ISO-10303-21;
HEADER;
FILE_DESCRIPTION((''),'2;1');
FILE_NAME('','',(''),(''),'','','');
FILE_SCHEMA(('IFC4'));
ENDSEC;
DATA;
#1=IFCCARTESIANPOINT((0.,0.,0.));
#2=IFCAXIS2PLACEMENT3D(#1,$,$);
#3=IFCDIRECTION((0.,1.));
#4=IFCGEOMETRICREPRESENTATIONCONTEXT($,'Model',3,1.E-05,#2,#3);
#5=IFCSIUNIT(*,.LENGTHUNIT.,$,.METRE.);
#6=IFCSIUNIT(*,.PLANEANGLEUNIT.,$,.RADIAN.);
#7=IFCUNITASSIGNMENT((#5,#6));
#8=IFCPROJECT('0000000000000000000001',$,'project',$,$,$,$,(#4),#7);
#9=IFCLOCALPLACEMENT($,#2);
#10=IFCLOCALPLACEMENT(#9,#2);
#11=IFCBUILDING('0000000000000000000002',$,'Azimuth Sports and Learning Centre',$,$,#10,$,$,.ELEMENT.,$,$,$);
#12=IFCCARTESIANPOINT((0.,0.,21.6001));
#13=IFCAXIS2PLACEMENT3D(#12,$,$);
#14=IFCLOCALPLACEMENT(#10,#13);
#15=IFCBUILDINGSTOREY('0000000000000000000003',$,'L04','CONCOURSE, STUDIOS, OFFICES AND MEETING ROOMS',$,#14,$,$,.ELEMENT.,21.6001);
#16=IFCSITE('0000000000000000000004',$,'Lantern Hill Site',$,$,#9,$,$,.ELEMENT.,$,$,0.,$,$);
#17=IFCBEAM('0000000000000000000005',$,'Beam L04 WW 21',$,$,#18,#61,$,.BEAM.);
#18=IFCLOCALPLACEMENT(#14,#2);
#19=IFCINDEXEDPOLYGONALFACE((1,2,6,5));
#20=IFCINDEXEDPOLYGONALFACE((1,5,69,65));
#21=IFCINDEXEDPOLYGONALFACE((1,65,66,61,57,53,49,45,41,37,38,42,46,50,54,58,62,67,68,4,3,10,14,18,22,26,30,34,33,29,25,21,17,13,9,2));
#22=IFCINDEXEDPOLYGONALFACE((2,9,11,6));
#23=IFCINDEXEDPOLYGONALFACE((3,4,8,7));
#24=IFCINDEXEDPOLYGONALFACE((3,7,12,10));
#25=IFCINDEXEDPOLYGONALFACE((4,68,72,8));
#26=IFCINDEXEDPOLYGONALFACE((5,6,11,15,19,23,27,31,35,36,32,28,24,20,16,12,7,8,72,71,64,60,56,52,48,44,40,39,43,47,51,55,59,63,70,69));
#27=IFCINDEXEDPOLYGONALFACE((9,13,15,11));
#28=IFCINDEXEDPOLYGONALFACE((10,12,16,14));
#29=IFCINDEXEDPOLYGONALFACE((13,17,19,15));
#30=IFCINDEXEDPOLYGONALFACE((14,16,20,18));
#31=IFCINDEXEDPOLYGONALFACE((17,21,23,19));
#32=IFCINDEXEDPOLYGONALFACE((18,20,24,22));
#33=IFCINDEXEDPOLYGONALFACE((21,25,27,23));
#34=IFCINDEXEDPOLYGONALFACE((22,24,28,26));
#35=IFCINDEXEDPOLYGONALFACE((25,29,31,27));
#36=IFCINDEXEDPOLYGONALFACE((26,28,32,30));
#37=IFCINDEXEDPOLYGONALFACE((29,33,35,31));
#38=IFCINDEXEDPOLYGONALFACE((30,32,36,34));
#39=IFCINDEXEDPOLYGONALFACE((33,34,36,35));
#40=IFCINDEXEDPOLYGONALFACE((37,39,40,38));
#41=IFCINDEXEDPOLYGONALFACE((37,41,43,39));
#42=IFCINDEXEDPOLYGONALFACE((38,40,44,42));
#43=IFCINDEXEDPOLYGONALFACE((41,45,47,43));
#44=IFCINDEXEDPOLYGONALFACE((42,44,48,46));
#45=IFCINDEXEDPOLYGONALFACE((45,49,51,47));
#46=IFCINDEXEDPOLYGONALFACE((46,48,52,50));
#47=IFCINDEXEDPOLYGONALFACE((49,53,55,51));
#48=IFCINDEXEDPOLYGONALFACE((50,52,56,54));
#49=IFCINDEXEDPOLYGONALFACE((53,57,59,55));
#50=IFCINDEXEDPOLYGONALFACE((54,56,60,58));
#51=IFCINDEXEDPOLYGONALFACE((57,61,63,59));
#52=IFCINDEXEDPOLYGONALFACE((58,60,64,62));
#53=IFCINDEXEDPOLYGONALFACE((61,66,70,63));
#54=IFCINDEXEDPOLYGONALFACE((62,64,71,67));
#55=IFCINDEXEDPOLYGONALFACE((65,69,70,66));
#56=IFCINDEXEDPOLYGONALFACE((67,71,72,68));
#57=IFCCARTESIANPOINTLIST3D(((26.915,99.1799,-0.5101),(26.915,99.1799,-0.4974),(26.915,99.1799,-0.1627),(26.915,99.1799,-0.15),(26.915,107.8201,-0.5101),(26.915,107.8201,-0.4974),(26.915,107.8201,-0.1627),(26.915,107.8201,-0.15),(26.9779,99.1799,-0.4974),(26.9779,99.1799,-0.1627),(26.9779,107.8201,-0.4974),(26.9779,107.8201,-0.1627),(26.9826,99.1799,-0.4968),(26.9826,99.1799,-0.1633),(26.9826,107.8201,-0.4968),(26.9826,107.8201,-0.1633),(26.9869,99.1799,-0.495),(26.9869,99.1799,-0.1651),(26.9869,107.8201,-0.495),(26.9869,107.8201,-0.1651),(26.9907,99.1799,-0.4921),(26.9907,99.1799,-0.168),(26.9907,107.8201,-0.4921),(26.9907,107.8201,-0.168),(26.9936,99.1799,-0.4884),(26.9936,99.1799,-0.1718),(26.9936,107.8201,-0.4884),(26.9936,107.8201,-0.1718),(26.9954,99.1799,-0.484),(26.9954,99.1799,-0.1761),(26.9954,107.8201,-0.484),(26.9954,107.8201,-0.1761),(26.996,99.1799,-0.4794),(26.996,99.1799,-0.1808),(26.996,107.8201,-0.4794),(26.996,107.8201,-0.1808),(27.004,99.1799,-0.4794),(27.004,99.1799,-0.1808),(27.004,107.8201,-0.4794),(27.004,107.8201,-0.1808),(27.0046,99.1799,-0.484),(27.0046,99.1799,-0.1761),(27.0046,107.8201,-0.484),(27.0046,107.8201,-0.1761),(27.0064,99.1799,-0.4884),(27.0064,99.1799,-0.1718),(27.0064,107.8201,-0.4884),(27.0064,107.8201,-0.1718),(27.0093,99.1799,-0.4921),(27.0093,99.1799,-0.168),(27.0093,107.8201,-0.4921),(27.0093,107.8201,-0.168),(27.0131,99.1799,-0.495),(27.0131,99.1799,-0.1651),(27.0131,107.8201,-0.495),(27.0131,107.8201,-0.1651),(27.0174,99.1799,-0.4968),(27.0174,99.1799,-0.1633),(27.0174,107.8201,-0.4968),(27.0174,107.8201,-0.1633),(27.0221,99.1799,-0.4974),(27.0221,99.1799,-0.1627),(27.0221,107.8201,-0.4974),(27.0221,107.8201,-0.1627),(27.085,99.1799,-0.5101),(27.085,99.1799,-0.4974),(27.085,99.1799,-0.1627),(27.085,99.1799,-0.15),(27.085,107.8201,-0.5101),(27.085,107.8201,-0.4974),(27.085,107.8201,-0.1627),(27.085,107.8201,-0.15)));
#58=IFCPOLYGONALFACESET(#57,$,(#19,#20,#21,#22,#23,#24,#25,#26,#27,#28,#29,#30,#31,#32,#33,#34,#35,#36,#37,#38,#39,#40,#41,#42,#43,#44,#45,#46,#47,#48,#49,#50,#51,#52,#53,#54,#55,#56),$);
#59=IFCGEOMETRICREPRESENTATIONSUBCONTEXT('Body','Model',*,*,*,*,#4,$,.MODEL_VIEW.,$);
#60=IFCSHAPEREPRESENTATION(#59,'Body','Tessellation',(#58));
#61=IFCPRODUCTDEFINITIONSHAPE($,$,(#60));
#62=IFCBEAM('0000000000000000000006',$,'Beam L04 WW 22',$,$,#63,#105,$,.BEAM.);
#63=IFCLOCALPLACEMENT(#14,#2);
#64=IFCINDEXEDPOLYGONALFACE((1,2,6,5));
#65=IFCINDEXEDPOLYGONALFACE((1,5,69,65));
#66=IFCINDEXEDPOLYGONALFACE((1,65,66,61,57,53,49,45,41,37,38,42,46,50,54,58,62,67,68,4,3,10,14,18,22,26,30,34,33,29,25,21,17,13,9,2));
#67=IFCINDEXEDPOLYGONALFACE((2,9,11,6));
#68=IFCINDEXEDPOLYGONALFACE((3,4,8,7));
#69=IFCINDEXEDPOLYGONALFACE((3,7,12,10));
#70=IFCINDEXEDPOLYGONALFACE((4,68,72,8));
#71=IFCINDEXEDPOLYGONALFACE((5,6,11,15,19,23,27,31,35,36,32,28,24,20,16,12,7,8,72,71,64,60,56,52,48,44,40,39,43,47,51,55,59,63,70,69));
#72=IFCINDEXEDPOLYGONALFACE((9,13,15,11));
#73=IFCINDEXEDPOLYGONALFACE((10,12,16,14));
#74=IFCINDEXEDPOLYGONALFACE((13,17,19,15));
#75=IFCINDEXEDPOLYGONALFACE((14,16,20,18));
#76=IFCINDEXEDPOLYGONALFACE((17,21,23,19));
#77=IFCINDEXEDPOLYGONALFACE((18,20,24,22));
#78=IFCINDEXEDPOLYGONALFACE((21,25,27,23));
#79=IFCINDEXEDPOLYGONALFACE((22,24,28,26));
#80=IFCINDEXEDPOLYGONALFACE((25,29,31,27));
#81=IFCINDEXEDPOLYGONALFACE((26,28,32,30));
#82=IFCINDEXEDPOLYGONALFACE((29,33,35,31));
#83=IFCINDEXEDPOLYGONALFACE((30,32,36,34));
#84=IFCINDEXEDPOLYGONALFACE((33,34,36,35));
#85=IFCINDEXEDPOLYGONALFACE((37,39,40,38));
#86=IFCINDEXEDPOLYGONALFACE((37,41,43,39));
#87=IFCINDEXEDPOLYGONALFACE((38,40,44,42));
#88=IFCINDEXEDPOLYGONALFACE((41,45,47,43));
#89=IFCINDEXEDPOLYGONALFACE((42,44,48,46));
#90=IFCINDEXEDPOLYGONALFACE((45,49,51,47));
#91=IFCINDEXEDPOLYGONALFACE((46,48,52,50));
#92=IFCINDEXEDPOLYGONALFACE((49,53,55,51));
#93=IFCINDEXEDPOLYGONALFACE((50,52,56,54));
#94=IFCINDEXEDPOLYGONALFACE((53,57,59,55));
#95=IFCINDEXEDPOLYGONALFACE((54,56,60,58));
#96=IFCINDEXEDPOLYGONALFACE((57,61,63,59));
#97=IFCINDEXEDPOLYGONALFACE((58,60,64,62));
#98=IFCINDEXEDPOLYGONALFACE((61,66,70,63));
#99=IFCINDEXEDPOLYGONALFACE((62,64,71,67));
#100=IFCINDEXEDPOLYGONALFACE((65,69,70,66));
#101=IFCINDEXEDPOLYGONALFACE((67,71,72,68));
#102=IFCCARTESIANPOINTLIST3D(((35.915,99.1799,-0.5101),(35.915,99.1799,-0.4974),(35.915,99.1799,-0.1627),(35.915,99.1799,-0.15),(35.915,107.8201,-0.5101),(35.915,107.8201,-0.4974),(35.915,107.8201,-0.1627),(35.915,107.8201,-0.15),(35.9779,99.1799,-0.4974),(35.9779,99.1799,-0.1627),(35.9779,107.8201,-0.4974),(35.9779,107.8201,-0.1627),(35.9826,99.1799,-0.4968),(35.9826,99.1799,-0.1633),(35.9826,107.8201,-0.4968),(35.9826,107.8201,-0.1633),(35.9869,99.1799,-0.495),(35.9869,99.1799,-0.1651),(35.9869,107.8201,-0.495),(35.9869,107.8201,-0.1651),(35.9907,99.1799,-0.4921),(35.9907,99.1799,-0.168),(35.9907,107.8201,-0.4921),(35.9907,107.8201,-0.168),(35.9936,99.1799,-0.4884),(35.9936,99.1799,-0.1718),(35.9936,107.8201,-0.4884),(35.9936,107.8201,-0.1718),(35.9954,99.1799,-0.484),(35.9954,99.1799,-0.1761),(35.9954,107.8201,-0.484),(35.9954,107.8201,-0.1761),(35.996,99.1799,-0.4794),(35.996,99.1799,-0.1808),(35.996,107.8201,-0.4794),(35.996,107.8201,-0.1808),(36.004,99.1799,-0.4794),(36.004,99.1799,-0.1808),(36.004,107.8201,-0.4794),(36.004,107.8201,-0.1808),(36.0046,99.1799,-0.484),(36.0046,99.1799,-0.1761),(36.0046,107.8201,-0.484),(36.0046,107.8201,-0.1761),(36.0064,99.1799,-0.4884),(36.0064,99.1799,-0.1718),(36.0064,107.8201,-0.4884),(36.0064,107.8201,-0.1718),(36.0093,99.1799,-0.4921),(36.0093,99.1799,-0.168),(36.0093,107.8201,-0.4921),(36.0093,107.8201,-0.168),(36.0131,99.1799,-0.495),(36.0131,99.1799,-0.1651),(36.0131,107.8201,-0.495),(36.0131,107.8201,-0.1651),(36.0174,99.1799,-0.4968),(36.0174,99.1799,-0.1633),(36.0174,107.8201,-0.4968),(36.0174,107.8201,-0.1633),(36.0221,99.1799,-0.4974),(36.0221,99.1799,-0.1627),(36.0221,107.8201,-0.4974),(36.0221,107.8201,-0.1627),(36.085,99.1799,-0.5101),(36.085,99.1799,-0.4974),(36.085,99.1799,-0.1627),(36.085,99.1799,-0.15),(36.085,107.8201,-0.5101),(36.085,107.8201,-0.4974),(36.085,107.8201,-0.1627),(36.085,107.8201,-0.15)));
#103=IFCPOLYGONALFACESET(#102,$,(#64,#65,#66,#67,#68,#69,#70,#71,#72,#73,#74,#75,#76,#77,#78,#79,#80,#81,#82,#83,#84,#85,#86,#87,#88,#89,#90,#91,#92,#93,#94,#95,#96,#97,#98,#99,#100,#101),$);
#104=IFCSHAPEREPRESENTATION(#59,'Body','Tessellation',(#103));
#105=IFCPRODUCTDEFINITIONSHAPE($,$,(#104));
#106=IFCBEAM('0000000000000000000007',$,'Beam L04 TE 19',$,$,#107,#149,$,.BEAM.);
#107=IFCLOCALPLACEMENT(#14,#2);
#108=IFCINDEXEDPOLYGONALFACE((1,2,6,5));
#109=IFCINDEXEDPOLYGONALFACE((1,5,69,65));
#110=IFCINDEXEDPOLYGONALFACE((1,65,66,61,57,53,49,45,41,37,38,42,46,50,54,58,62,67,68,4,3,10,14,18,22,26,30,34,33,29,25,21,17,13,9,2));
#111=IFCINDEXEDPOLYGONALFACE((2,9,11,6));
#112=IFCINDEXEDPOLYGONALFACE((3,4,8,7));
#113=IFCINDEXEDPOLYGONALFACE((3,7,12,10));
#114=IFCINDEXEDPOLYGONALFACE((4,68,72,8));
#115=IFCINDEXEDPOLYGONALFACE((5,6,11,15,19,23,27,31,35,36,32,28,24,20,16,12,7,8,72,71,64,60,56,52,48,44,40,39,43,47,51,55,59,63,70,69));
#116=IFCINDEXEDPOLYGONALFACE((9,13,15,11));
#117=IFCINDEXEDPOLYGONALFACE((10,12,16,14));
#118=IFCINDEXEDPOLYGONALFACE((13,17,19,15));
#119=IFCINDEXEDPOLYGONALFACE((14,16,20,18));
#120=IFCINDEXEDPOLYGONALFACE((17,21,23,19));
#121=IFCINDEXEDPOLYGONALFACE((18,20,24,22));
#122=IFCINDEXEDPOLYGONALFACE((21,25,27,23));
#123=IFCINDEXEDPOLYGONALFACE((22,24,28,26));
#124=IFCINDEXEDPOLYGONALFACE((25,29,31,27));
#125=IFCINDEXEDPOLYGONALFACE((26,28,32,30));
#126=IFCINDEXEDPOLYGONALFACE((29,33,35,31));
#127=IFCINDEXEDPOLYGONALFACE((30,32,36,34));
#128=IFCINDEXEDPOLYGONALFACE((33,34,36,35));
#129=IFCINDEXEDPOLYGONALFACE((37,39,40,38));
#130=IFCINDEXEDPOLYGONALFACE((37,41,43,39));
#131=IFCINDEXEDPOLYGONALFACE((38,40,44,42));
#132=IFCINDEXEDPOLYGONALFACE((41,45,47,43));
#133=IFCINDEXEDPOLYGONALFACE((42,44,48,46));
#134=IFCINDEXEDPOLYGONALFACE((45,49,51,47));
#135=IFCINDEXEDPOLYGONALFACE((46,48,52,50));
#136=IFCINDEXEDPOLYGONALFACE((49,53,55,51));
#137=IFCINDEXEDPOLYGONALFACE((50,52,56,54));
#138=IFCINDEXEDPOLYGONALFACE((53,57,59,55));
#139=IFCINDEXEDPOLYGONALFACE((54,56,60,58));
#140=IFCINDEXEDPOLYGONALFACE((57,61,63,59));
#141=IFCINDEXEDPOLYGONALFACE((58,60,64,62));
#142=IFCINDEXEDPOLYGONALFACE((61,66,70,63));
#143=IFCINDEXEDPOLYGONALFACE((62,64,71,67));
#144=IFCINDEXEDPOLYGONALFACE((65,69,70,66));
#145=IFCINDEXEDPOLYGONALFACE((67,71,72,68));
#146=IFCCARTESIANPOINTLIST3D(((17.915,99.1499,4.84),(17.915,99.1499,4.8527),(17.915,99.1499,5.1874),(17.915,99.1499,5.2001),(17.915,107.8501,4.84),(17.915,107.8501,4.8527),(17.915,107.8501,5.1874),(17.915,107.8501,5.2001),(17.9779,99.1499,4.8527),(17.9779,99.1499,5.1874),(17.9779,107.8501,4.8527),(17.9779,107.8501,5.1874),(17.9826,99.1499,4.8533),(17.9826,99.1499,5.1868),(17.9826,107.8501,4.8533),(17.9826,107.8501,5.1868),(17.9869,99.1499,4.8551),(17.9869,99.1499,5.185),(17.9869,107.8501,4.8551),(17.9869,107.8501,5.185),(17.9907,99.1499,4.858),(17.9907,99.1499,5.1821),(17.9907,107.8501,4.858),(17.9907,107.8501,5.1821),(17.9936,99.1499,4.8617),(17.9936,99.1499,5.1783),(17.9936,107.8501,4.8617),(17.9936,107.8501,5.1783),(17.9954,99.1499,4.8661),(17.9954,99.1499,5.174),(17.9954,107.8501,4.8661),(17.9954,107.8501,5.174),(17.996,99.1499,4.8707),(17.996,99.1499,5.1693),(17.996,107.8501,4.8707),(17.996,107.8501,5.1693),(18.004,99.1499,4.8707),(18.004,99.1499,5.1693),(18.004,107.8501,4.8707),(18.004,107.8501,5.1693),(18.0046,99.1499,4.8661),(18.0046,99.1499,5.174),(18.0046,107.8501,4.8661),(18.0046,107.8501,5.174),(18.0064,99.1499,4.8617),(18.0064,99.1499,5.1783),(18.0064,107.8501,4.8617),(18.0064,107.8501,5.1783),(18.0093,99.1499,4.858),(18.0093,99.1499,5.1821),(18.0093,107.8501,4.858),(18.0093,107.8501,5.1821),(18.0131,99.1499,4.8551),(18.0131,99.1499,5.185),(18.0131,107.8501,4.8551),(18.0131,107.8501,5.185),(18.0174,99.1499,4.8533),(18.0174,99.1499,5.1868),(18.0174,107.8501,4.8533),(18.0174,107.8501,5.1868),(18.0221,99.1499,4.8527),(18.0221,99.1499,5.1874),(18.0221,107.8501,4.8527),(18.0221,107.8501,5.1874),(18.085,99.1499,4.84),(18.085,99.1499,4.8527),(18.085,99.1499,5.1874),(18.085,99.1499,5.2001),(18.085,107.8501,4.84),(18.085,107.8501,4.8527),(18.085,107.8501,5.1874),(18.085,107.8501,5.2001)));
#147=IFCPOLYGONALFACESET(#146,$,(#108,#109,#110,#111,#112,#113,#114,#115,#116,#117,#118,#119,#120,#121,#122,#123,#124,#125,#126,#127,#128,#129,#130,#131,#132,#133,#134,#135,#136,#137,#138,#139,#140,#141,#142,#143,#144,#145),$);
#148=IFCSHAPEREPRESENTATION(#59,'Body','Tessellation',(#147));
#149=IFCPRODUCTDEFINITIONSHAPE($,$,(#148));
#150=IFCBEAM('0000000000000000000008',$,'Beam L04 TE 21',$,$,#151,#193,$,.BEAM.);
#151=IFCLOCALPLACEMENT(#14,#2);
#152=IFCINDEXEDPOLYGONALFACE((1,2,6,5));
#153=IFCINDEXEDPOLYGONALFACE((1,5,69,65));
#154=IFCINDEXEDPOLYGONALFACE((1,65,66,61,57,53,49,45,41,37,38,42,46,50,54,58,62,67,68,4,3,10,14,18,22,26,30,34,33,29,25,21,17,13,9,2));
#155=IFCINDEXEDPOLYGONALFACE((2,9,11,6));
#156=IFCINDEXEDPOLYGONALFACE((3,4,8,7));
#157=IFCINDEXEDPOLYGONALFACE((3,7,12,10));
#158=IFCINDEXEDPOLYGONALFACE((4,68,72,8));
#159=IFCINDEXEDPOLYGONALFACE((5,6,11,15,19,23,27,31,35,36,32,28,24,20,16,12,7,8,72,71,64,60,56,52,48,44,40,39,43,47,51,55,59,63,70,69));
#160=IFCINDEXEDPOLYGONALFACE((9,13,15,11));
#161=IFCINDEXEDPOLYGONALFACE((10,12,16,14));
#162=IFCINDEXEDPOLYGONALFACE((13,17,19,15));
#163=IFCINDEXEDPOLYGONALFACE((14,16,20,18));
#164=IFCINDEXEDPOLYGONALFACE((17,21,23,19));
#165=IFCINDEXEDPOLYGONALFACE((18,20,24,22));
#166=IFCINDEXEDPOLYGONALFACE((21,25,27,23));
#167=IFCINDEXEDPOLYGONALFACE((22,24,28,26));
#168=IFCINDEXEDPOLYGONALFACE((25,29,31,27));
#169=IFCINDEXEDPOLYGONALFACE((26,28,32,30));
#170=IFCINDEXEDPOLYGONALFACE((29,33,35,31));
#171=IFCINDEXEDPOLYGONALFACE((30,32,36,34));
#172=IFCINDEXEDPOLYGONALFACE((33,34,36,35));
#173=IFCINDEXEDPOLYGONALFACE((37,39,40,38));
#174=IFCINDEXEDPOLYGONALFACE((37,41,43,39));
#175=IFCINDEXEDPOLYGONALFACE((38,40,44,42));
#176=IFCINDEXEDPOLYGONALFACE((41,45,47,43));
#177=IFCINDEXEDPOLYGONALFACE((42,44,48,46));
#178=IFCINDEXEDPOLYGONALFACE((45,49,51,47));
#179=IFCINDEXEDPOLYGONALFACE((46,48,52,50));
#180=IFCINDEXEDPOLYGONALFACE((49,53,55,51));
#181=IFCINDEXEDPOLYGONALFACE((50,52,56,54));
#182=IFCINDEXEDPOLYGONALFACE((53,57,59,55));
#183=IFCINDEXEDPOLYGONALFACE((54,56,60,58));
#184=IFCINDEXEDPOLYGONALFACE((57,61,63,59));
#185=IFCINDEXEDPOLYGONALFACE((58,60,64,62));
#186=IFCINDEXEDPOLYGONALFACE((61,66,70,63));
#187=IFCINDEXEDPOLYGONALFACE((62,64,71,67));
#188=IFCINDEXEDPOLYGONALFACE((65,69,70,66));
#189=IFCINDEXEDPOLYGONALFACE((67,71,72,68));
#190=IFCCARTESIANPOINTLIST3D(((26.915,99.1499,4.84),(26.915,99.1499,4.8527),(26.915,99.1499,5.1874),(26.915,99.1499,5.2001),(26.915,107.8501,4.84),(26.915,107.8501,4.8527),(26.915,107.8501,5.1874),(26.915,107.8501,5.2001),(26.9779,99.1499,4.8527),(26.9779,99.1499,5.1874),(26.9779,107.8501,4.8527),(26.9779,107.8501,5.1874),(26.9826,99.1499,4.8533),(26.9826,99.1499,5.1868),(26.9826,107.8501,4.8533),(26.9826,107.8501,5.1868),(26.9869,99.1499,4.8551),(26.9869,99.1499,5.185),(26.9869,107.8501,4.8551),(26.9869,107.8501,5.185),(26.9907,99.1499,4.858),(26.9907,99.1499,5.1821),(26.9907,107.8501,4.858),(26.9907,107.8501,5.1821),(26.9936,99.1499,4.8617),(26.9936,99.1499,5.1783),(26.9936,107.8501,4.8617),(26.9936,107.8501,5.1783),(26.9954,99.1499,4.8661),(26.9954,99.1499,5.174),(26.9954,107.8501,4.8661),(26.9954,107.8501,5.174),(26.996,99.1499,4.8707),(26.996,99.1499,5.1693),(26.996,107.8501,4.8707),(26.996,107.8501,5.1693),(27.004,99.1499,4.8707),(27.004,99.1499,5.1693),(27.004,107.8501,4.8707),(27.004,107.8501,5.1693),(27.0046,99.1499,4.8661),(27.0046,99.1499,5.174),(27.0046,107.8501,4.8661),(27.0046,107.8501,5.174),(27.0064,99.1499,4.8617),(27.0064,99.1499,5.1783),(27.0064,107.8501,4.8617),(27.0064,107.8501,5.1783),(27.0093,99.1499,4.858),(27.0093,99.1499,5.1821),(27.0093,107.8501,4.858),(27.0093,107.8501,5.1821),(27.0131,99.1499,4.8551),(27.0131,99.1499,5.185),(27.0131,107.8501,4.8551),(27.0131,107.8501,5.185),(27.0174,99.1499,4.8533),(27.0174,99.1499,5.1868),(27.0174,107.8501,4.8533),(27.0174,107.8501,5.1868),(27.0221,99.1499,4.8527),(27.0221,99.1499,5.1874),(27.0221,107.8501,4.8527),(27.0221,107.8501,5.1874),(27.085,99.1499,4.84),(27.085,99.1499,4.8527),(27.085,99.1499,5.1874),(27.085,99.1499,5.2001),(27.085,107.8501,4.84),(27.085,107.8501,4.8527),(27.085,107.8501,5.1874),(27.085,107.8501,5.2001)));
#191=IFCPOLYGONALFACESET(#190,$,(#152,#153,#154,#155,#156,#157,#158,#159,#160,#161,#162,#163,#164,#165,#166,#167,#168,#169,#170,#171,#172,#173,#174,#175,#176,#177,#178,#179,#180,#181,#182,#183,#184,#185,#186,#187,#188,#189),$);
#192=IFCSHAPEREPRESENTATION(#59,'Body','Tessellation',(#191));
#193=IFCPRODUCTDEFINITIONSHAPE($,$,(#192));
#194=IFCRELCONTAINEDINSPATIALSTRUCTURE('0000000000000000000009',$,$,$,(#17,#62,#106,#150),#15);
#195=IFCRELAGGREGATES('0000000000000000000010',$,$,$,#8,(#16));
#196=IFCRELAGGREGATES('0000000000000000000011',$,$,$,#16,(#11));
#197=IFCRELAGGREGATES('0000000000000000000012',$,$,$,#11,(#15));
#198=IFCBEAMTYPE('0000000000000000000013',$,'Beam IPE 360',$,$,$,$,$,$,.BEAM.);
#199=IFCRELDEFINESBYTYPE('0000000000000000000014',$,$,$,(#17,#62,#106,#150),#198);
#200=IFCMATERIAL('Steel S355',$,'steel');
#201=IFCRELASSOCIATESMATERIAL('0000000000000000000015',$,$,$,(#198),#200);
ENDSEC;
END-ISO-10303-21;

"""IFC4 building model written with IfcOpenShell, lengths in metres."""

from ifc_helpers import new_model, si_unit, direction, frame, origin, origin_2d, place, context, subcontext, project, spatial, i_section, extrude, material, material_profile, profile_set, type_object, element, save


model = new_model("IFC4")

# Units and contexts
model_context = context("Model", 3, precision=1e-05, world=origin(), true_north=direction((0.0, 1.0)))
body_context = subcontext(model_context, "Body", "Model", "MODEL_VIEW")
ifc_project = project(units=[si_unit("LENGTHUNIT", "METRE"), si_unit("PLANEANGLEUNIT", "RADIAN")], contexts=[model_context])

# Site, building, storey
site_placement = place(None, origin())
site = spatial("IfcSite", under=ifc_project, at=site_placement, Name="Lantern Hill Site", CompositionType="ELEMENT", RefElevation=0.0)
building_placement = place(site_placement, origin())
building = spatial("IfcBuilding", under=site, at=building_placement, Name="Azimuth Sports and Learning Centre", CompositionType="ELEMENT")
storey_placement = place(building_placement, frame((0.0, 0.0, 21.6001)))
storey = spatial("IfcBuildingStorey", under=building, at=storey_placement, Name="L04", Description="CONCOURSE, STUDIOS, OFFICES AND MEETING ROOMS", CompositionType="ELEMENT", Elevation=21.6001)

# Beams
ifc_material_1 = material(Name="Steel S355", Category="steel")
ifc_material_profile_1 = material_profile(ifc_material_1, i_section(OverallWidth=0.1699, OverallDepth=0.3601, WebThickness=0.0081, FlangeThickness=0.0127, FilletRadius=0.0181, at=origin_2d()), Name="IPE 360")
ifc_profile_set_1 = profile_set([ifc_material_profile_1], Name="Steel S355")
beam_type_1 = type_object("IfcBeamType", Name="Beam IPE 360", PredefinedType="BEAM", material=ifc_profile_set_1)
for number, where, z_axis, x_axis, name in (
    (1, (27.0, 99.1799, -0.3301), (0.0, 1.0, 0.0), (-1.0, 0.0, 0.0), "Beam L04 WW 21"),
    (2, (36.0, 99.1799, -0.3301), (0.0, 1.0, 0.0), (-1.0, 0.0, 0.0), "Beam L04 WW 22"),
):
    element("IfcBeam", number, at=place(storey_placement, frame(where, z_axis=z_axis, x_axis=x_axis)), inside=storey, type_object=beam_type_1, Name=name, PredefinedType="BEAM", context=body_context, shape_type="SweptSolid", body=[
        extrude(i_section(OverallWidth=0.1699, OverallDepth=0.3601, WebThickness=0.0081, FlangeThickness=0.0127, FilletRadius=0.0181, at=origin_2d()), origin(), (0.0, 0.0, 1.0), 8.6401),
    ])
for number, where, z_axis, x_axis, name in (
    (3, (18.0, 99.1499, 5.02), (0.0, 1.0, 0.0), (-1.0, 0.0, 0.0), "Beam L04 TE 19"),
    (4, (27.0, 99.1499, 5.02), (0.0, 1.0, 0.0), (-1.0, 0.0, 0.0), "Beam L04 TE 21"),
):
    element("IfcBeam", number, at=place(storey_placement, frame(where, z_axis=z_axis, x_axis=x_axis)), inside=storey, type_object=beam_type_1, Name=name, PredefinedType="BEAM", context=body_context, shape_type="SweptSolid", body=[
        extrude(i_section(OverallWidth=0.1699, OverallDepth=0.3601, WebThickness=0.0081, FlangeThickness=0.0127, FilletRadius=0.0181, at=origin_2d()), origin(), (0.0, 0.0, 1.0), 8.7002),
    ])

save(model, "model.ifc")
